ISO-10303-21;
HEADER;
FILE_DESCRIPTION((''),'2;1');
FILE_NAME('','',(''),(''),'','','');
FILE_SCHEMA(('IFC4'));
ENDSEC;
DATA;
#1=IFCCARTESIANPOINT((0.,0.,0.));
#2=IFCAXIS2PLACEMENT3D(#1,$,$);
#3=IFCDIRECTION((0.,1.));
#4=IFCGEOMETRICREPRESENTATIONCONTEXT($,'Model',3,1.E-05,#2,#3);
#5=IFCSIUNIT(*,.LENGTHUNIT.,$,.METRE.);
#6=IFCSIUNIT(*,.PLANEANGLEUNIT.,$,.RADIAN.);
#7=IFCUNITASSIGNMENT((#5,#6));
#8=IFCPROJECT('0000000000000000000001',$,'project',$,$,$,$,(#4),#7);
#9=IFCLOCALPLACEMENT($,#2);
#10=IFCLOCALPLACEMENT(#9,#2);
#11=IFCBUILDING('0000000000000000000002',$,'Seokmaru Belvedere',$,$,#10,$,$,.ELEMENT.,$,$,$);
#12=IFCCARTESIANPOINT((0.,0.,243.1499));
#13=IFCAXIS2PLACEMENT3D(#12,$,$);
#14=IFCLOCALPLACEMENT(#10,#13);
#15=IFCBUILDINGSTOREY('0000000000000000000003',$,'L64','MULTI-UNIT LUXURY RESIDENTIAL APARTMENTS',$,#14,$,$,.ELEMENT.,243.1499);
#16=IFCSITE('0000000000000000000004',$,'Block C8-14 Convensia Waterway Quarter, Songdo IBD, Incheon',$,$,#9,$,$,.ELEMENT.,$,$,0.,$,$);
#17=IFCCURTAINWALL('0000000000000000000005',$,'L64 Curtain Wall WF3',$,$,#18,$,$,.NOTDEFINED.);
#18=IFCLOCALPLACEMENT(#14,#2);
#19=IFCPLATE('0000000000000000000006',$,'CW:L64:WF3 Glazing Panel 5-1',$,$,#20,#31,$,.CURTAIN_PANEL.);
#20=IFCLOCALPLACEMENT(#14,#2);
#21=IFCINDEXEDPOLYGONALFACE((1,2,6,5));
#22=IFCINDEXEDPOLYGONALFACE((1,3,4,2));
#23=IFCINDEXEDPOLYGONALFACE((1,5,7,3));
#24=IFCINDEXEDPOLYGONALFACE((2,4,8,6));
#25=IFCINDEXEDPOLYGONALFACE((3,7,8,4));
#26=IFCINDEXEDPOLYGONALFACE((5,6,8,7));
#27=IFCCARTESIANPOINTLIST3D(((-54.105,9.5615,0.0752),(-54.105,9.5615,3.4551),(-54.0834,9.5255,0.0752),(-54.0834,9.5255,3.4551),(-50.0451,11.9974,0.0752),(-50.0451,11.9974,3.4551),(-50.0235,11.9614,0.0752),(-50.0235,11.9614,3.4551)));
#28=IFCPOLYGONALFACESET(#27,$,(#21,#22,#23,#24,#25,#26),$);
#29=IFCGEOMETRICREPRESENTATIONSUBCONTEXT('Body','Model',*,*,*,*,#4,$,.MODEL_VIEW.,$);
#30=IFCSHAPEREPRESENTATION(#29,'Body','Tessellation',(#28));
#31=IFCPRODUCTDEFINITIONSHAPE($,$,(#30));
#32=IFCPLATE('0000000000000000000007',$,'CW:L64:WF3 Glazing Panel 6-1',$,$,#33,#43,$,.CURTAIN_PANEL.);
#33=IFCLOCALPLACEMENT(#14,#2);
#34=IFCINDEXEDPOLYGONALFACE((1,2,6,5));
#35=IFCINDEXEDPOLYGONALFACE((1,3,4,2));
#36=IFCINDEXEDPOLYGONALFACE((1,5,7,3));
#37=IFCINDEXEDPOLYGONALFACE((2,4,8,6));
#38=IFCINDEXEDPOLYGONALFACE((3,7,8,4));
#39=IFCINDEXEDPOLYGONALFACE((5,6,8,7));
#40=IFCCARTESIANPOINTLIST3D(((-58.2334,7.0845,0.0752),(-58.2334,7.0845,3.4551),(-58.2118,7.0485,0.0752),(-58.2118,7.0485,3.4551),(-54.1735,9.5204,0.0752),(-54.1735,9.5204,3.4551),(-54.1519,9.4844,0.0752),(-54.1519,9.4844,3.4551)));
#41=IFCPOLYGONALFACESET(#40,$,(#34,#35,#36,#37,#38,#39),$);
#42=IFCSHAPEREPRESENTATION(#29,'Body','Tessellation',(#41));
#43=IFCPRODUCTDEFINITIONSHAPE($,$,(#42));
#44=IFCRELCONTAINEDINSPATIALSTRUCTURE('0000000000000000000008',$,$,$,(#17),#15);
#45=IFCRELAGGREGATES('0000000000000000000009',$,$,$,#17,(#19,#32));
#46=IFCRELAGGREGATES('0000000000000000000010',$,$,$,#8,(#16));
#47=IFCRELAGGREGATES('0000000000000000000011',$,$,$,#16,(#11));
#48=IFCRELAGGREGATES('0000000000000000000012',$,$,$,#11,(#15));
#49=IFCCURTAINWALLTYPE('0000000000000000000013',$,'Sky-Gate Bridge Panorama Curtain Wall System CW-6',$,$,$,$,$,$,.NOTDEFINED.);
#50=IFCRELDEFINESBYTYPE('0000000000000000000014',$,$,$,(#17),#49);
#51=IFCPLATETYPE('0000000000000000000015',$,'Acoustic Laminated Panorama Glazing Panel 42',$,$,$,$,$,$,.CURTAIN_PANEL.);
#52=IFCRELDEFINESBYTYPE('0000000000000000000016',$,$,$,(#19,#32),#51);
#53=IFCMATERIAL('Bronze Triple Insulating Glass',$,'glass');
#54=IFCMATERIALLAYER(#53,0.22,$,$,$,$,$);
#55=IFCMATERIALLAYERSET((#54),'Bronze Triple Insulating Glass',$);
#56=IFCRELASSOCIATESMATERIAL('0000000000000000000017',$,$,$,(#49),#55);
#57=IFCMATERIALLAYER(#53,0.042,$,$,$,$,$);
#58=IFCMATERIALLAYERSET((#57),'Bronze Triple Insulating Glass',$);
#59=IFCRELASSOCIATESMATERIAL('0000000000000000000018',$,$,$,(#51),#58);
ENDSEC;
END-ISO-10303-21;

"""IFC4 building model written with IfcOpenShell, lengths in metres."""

from ifc_helpers import new_model, si_unit, direction, frame, origin, origin_2d, place, context, subcontext, project, spatial, rectangle, extrude, source, transform, mapped, material, layer, layer_set, type_object, type_shapes, element, aggregate, save


model = new_model("IFC4")

# Units and contexts
model_context = context("Model", 3, precision=1e-05, world=origin(), true_north=direction((0.0, 1.0)))
body_context = subcontext(model_context, "Body", "Model", "MODEL_VIEW")
ifc_project = project(units=[si_unit("LENGTHUNIT", "METRE"), si_unit("PLANEANGLEUNIT", "RADIAN")], contexts=[model_context])

# Site, building, storey
site_placement = place(None, origin())
site = spatial("IfcSite", under=ifc_project, at=site_placement, Name="Block C8-14 Convensia Waterway Quarter, Songdo IBD, Incheon", CompositionType="ELEMENT", RefElevation=0.0)
building_placement = place(site_placement, origin())
building = spatial("IfcBuilding", under=site, at=building_placement, Name="Seokmaru Belvedere", CompositionType="ELEMENT")
storey_placement = place(building_placement, frame((0.0, 0.0, 243.1499)))
storey = spatial("IfcBuildingStorey", under=building, at=storey_placement, Name="L64", Description="MULTI-UNIT LUXURY RESIDENTIAL APARTMENTS", CompositionType="ELEMENT", Elevation=243.1499)

# Curtain wall, plates
ifc_material_1 = material(Name="Bronze Triple Insulating Glass", Category="glass")
ifc_layer_1 = layer(ifc_material_1, 0.22)
ifc_layer_set_1 = layer_set([ifc_layer_1], Name="Bronze Triple Insulating Glass")
curtain_wall_type = type_object("IfcCurtainWallType", Name="Sky-Gate Bridge Panorama Curtain Wall System CW-6", PredefinedType="NOTDEFINED", material=ifc_layer_set_1)
curtain_wall_placement = place(storey_placement, origin())
curtain_wall = element("IfcCurtainWall", 1, at=curtain_wall_placement, inside=storey, type_object=curtain_wall_type, Name="L64 Curtain Wall WF3", PredefinedType="NOTDEFINED")
ifc_layer_2 = layer(ifc_material_1, 0.042)
ifc_layer_set_2 = layer_set([ifc_layer_2], Name="Bronze Triple Insulating Glass")
plate_type = type_object("IfcPlateType", Name="Acoustic Laminated Panorama Glazing Panel 42", PredefinedType="CURTAIN_PANEL", material=ifc_layer_set_2)
shared_shape_1 = source(origin(), body_context, "Body", "SweptSolid", [
    extrude(rectangle(XDim=4.7346, YDim=0.042, at=origin_2d()), origin(), (0.0, 0.0, 1.0), 3.3799),
])
type_shapes(plate_type, [shared_shape_1])
plate_1_placement = place(storey_placement, frame((-52.0642, 10.7615, 0.0752), z_axis=(0.0, 0.0, 1.0), x_axis=(-0.857493, -0.514495, 0.0)))
plate_1 = element("IfcPlate", 2, at=plate_1_placement, type_object=plate_type, Name="CW:L64:WF3 Glazing Panel 5-1", PredefinedType="CURTAIN_PANEL", context=body_context, shape_type="MappedRepresentation", body=[
    mapped(shared_shape_1, transform((0.0, 0.0, 0.0), scale=1.0)),
])
plate_2_placement = place(storey_placement, frame((-56.1926, 8.2844, 0.0752), z_axis=(0.0, 0.0, 1.0), x_axis=(-0.857493, -0.514495, 0.0)))
plate_2 = element("IfcPlate", 3, at=plate_2_placement, type_object=plate_type, Name="CW:L64:WF3 Glazing Panel 6-1", PredefinedType="CURTAIN_PANEL", context=body_context, shape_type="MappedRepresentation", body=[
    mapped(shared_shape_1, transform((0.0, 0.0, 0.0), scale=1.0)),
])
aggregate(curtain_wall, [plate_1, plate_2])

save(model, "model.ifc")
